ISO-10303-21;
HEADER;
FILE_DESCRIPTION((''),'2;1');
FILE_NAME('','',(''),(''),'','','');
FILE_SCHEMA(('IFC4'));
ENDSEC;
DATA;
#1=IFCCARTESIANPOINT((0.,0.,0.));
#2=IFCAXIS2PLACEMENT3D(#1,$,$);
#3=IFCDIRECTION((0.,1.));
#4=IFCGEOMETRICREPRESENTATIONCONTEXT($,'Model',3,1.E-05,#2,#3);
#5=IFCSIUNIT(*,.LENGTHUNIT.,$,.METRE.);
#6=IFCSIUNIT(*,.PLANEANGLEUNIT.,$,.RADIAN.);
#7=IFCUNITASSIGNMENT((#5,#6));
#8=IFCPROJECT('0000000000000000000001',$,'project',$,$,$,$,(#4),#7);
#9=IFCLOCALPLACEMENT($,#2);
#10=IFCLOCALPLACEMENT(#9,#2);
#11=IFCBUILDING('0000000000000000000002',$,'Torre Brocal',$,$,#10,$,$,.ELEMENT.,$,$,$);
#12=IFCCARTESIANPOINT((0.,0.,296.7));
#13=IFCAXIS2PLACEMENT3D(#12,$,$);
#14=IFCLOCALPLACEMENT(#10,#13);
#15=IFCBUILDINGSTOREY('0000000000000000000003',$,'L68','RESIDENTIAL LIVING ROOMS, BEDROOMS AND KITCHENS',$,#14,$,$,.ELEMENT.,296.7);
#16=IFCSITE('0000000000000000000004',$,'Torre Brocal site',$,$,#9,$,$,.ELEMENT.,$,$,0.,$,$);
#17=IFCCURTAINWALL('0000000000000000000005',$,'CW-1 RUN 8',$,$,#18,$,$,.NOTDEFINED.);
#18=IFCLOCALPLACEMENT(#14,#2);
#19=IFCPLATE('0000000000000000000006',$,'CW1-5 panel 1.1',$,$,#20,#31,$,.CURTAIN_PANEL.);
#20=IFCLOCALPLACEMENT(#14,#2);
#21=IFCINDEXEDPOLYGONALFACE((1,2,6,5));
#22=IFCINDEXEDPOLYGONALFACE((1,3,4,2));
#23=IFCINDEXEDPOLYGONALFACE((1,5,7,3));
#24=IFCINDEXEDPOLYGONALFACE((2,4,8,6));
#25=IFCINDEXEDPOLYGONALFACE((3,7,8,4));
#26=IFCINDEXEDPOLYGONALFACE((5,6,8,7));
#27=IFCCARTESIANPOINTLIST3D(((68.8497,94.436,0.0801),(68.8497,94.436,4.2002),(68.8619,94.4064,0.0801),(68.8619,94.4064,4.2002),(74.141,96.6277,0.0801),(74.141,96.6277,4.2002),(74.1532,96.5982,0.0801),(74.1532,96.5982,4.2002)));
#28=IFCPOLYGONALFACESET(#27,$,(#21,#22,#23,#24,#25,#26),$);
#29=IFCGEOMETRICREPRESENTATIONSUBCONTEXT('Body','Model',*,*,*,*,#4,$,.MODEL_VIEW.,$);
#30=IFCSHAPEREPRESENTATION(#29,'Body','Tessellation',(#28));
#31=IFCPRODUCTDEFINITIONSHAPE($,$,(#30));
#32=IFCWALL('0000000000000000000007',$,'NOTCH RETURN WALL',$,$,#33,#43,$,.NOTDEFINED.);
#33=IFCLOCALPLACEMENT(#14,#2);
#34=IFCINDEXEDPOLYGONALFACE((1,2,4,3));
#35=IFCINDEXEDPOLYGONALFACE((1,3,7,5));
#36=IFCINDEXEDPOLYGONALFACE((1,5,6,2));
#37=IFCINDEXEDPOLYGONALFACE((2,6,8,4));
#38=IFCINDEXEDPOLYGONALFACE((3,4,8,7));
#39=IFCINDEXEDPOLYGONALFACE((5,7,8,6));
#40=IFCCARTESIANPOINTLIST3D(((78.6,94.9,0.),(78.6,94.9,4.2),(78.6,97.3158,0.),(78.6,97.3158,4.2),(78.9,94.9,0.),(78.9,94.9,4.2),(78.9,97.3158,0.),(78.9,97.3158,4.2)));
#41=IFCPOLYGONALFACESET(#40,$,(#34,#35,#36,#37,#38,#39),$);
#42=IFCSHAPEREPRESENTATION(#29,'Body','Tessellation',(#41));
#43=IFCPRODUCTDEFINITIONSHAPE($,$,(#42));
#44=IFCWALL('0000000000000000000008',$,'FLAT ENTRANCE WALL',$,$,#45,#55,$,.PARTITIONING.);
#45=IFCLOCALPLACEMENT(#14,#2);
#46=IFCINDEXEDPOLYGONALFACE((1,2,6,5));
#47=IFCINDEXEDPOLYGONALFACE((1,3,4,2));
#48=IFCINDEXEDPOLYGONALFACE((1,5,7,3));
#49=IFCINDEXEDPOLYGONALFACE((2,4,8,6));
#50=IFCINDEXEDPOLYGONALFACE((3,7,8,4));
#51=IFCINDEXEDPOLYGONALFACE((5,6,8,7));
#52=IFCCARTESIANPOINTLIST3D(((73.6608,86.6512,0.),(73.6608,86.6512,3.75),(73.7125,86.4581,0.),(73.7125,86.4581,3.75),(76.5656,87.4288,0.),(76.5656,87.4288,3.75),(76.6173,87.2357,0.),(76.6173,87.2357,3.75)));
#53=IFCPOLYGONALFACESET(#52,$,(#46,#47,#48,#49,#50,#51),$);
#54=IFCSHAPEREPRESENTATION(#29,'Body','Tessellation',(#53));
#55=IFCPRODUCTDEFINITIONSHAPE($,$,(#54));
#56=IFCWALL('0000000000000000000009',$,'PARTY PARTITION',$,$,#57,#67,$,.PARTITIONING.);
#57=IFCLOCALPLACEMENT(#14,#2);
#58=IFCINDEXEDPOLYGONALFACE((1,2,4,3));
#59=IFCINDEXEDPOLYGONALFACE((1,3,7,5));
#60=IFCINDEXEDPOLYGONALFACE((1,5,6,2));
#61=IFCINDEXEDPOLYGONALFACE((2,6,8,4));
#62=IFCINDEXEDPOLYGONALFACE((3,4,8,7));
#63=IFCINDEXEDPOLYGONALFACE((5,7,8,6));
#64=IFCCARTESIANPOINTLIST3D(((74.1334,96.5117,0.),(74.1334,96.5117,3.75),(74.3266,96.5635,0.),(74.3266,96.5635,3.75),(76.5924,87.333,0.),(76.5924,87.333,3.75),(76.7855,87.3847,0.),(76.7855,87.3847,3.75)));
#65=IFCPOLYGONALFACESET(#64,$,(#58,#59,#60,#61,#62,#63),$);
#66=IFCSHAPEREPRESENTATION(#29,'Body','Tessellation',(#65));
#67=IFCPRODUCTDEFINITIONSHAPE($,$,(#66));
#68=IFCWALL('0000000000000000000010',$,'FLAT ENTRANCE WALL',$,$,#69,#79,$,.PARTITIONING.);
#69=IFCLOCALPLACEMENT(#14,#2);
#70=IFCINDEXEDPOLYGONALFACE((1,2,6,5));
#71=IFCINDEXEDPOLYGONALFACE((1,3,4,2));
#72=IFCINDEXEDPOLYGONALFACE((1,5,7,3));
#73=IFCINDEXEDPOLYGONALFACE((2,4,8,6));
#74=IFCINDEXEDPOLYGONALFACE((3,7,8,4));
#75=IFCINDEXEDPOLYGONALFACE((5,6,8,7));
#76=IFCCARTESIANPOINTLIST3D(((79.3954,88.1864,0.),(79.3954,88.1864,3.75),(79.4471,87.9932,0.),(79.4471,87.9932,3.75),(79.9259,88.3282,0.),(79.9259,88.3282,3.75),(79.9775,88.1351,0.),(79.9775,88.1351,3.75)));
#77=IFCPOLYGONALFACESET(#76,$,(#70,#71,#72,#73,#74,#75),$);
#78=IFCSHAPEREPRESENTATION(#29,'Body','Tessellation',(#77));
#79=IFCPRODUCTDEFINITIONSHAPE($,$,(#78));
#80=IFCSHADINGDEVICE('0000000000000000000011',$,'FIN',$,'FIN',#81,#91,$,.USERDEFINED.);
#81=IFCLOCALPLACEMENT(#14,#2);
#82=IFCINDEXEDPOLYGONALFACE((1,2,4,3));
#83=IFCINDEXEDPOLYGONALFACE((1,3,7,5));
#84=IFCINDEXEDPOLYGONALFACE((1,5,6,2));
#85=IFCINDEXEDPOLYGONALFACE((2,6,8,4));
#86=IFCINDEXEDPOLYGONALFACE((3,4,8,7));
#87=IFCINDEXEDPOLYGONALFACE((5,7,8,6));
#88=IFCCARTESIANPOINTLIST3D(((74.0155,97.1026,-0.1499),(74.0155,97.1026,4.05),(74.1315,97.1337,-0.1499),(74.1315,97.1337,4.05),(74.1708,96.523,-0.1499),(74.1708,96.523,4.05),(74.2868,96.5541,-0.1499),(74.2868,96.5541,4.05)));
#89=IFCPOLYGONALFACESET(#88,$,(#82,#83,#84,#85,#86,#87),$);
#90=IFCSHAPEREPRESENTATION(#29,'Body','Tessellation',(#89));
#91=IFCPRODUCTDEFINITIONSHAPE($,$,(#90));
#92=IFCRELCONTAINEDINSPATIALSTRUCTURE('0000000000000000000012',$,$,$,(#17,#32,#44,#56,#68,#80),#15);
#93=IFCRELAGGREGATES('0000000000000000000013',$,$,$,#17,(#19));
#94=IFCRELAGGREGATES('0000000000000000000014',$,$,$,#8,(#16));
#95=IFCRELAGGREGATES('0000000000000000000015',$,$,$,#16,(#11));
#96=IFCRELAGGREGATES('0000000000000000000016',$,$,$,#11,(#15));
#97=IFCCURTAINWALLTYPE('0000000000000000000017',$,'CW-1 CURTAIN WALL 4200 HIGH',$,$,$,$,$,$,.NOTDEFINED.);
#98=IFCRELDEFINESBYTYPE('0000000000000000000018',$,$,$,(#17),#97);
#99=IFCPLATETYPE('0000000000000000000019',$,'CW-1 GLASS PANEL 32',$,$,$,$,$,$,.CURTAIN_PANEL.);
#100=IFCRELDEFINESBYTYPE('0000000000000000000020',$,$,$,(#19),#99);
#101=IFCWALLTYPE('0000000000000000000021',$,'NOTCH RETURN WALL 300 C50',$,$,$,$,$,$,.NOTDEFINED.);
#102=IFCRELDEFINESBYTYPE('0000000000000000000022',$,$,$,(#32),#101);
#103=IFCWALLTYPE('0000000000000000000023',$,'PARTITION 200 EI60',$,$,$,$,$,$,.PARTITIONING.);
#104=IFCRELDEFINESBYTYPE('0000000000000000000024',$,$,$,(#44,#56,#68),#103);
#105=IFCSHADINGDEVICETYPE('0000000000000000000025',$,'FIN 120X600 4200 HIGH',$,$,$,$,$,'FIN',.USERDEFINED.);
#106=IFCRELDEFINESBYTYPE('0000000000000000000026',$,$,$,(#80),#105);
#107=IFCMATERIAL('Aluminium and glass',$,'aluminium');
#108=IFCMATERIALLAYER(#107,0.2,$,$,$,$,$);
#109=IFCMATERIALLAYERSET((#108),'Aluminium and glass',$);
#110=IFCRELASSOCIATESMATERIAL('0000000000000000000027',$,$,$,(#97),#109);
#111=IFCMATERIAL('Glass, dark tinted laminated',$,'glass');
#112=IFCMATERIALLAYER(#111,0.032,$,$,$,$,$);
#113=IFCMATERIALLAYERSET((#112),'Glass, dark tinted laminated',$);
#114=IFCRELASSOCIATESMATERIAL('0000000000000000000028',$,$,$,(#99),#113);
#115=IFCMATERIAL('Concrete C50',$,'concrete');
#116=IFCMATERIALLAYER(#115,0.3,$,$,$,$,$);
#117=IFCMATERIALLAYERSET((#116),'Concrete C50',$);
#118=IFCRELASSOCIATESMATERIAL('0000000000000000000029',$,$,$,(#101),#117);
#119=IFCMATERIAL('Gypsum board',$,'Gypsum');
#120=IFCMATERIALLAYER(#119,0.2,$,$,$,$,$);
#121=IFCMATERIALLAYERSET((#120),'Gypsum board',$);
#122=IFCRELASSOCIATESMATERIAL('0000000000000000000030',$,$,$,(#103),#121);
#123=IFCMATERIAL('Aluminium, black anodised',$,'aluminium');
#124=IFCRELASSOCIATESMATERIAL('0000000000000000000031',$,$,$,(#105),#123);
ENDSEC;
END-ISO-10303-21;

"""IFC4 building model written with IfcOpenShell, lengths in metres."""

from ifc_helpers import new_model, si_unit, direction, frame, frame_2d, origin, origin_2d, place, context, subcontext, project, spatial, rectangle, extrude, material, layer, layer_set, material_profile, profile_set, type_object, element, aggregate, save


model = new_model("IFC4")

# Units and contexts
model_context = context("Model", 3, precision=1e-05, world=origin(), true_north=direction((0.0, 1.0)))
body_context = subcontext(model_context, "Body", "Model", "MODEL_VIEW")
ifc_project = project(units=[si_unit("LENGTHUNIT", "METRE"), si_unit("PLANEANGLEUNIT", "RADIAN")], contexts=[model_context])

# Site, building, storey
site_placement = place(None, origin())
site = spatial("IfcSite", under=ifc_project, at=site_placement, Name="Torre Brocal site", CompositionType="ELEMENT", RefElevation=0.0)
building_placement = place(site_placement, origin())
building = spatial("IfcBuilding", under=site, at=building_placement, Name="Torre Brocal", CompositionType="ELEMENT")
storey_placement = place(building_placement, frame((0.0, 0.0, 296.7)))
storey = spatial("IfcBuildingStorey", under=building, at=storey_placement, Name="L68", Description="RESIDENTIAL LIVING ROOMS, BEDROOMS AND KITCHENS", CompositionType="ELEMENT", Elevation=296.7)

# Shared definitions
ifc_material_1 = material(Name="Aluminium and glass", Category="aluminium")
ifc_layer_1 = layer(ifc_material_1, 0.2)
ifc_layer_set_1 = layer_set([ifc_layer_1], Name="Aluminium and glass")
curtain_wall_type = type_object("IfcCurtainWallType", Name="CW-1 CURTAIN WALL 4200 HIGH", PredefinedType="NOTDEFINED", material=ifc_layer_set_1)

# Curtain wall
curtain_wall_1_placement = place(storey_placement, origin())
curtain_wall_1 = element("IfcCurtainWall", 1, at=curtain_wall_1_placement, inside=storey, type_object=curtain_wall_type, Name="CW-1 RUN 8", PredefinedType="NOTDEFINED")

# Plate
ifc_material_2 = material(Name="Glass, dark tinted laminated", Category="glass")
ifc_layer_2 = layer(ifc_material_2, 0.032)
ifc_layer_set_2 = layer_set([ifc_layer_2], Name="Glass, dark tinted laminated")
plate_type = type_object("IfcPlateType", Name="CW-1 GLASS PANEL 32", PredefinedType="CURTAIN_PANEL", material=ifc_layer_set_2)
plate_1_placement = place(storey_placement, frame((71.5015, 95.5171, 0.0801), z_axis=(0.0, 0.0, 1.0), x_axis=(-0.92388, -0.382683, 0.0)))
plate_1 = element("IfcPlate", 2, at=plate_1_placement, type_object=plate_type, Name="CW1-5 panel 1.1", PredefinedType="CURTAIN_PANEL", context=body_context, shape_type="SweptSolid", body=[
    extrude(rectangle(XDim=5.7273, YDim=0.032, at=origin_2d()), origin(), (0.0, 0.0, 1.0), 4.1201),
])
aggregate(curtain_wall_1, [plate_1])

# Walls
ifc_material_3 = material(Name="Concrete C50", Category="concrete")
ifc_layer_3 = layer(ifc_material_3, 0.3)
ifc_layer_set_3 = layer_set([ifc_layer_3], Name="Concrete C50")
wall_type_1 = type_object("IfcWallType", Name="NOTCH RETURN WALL 300 C50", PredefinedType="NOTDEFINED", material=ifc_layer_set_3)
wall_1_placement = place(storey_placement, frame((78.75, 94.8999, 0.0), z_axis=(0.0, 0.0, 1.0), x_axis=(0.0, 1.0, 0.0)))
element("IfcWall", 3, at=wall_1_placement, inside=storey, type_object=wall_type_1, Name="NOTCH RETURN WALL", PredefinedType="NOTDEFINED", context=body_context, shape_type="SweptSolid", body=[
    extrude(rectangle(XDim=2.4158, YDim=0.3, at=frame_2d((1.208, 0.0))), origin(), (0.0, 0.0, 1.0), 4.2),
])
ifc_material_4 = material(Name="Gypsum board", Category="Gypsum")
ifc_layer_4 = layer(ifc_material_4, 0.2)
ifc_layer_set_4 = layer_set([ifc_layer_4], Name="Gypsum board")
wall_type_2 = type_object("IfcWallType", Name="PARTITION 200 EI60", PredefinedType="PARTITIONING", material=ifc_layer_set_4)
wall_2_placement = place(storey_placement, frame((73.6868, 86.5547, 0.0), z_axis=(0.0, 0.0, 1.0), x_axis=(0.965988, 0.258587, 0.0)))
element("IfcWall", 4, at=wall_2_placement, inside=storey, type_object=wall_type_2, Name="FLAT ENTRANCE WALL", PredefinedType="PARTITIONING", context=body_context, shape_type="SweptSolid", body=[
    extrude(rectangle(XDim=3.0071, YDim=0.2, at=frame_2d((1.5034, 0.0))), origin(), (0.0, 0.0, 1.0), 3.75),
])
wall_3_placement = place(storey_placement, frame((74.23, 96.5376, 0.0), z_axis=(0.0, 0.0, 1.0), x_axis=(0.258775, -0.965938, 0.0)))
element("IfcWall", 5, at=wall_3_placement, inside=storey, type_object=wall_type_2, Name="PARTY PARTITION", PredefinedType="PARTITIONING", context=body_context, shape_type="SweptSolid", body=[
    extrude(rectangle(XDim=9.5024, YDim=0.2, at=frame_2d((4.7512, 0.0))), origin(), (0.0, 0.0, 1.0), 3.75),
])
wall_4_placement = place(storey_placement, frame((79.4214, 88.0898, 0.0), z_axis=(0.0, 0.0, 1.0), x_axis=(0.966065, 0.258299, 0.0)))
element("IfcWall", 6, at=wall_4_placement, inside=storey, type_object=wall_type_2, Name="FLAT ENTRANCE WALL", PredefinedType="PARTITIONING", context=body_context, shape_type="SweptSolid", body=[
    extrude(rectangle(XDim=0.5491, YDim=0.2, at=frame_2d((0.2744, 0.0))), origin(), (0.0, 0.0, 1.0), 3.75),
])

# Shading device
ifc_material_5 = material(Name="Aluminium, black anodised", Category="aluminium")
ifc_material_profile_1 = material_profile(ifc_material_5, rectangle(XDim=0.1201, YDim=0.6001, at=origin_2d()), Name="FIN 120X600 4200 HIGH")
ifc_profile_set_1 = profile_set([ifc_material_profile_1], Name="Aluminium, black anodised")
shading_device_type = type_object("IfcShadingDeviceType", Name="FIN 120X600 4200 HIGH", ElementType="FIN", PredefinedType="USERDEFINED", material=ifc_profile_set_1)
shading_device_placement = place(storey_placement, frame((74.1511, 96.8284, -0.1499), z_axis=(0.0, 0.0, 1.0), x_axis=(-0.965926, -0.258819, 0.0)))
element("IfcShadingDevice", 7, at=shading_device_placement, inside=storey, type_object=shading_device_type, Name="FIN", ObjectType="FIN", PredefinedType="USERDEFINED", context=body_context, shape_type="SweptSolid", body=[
    extrude(rectangle(XDim=0.1201, YDim=0.6001, at=origin_2d()), origin(), (0.0, 0.0, 1.0), 4.2),
])

save(model, "model.ifc")
